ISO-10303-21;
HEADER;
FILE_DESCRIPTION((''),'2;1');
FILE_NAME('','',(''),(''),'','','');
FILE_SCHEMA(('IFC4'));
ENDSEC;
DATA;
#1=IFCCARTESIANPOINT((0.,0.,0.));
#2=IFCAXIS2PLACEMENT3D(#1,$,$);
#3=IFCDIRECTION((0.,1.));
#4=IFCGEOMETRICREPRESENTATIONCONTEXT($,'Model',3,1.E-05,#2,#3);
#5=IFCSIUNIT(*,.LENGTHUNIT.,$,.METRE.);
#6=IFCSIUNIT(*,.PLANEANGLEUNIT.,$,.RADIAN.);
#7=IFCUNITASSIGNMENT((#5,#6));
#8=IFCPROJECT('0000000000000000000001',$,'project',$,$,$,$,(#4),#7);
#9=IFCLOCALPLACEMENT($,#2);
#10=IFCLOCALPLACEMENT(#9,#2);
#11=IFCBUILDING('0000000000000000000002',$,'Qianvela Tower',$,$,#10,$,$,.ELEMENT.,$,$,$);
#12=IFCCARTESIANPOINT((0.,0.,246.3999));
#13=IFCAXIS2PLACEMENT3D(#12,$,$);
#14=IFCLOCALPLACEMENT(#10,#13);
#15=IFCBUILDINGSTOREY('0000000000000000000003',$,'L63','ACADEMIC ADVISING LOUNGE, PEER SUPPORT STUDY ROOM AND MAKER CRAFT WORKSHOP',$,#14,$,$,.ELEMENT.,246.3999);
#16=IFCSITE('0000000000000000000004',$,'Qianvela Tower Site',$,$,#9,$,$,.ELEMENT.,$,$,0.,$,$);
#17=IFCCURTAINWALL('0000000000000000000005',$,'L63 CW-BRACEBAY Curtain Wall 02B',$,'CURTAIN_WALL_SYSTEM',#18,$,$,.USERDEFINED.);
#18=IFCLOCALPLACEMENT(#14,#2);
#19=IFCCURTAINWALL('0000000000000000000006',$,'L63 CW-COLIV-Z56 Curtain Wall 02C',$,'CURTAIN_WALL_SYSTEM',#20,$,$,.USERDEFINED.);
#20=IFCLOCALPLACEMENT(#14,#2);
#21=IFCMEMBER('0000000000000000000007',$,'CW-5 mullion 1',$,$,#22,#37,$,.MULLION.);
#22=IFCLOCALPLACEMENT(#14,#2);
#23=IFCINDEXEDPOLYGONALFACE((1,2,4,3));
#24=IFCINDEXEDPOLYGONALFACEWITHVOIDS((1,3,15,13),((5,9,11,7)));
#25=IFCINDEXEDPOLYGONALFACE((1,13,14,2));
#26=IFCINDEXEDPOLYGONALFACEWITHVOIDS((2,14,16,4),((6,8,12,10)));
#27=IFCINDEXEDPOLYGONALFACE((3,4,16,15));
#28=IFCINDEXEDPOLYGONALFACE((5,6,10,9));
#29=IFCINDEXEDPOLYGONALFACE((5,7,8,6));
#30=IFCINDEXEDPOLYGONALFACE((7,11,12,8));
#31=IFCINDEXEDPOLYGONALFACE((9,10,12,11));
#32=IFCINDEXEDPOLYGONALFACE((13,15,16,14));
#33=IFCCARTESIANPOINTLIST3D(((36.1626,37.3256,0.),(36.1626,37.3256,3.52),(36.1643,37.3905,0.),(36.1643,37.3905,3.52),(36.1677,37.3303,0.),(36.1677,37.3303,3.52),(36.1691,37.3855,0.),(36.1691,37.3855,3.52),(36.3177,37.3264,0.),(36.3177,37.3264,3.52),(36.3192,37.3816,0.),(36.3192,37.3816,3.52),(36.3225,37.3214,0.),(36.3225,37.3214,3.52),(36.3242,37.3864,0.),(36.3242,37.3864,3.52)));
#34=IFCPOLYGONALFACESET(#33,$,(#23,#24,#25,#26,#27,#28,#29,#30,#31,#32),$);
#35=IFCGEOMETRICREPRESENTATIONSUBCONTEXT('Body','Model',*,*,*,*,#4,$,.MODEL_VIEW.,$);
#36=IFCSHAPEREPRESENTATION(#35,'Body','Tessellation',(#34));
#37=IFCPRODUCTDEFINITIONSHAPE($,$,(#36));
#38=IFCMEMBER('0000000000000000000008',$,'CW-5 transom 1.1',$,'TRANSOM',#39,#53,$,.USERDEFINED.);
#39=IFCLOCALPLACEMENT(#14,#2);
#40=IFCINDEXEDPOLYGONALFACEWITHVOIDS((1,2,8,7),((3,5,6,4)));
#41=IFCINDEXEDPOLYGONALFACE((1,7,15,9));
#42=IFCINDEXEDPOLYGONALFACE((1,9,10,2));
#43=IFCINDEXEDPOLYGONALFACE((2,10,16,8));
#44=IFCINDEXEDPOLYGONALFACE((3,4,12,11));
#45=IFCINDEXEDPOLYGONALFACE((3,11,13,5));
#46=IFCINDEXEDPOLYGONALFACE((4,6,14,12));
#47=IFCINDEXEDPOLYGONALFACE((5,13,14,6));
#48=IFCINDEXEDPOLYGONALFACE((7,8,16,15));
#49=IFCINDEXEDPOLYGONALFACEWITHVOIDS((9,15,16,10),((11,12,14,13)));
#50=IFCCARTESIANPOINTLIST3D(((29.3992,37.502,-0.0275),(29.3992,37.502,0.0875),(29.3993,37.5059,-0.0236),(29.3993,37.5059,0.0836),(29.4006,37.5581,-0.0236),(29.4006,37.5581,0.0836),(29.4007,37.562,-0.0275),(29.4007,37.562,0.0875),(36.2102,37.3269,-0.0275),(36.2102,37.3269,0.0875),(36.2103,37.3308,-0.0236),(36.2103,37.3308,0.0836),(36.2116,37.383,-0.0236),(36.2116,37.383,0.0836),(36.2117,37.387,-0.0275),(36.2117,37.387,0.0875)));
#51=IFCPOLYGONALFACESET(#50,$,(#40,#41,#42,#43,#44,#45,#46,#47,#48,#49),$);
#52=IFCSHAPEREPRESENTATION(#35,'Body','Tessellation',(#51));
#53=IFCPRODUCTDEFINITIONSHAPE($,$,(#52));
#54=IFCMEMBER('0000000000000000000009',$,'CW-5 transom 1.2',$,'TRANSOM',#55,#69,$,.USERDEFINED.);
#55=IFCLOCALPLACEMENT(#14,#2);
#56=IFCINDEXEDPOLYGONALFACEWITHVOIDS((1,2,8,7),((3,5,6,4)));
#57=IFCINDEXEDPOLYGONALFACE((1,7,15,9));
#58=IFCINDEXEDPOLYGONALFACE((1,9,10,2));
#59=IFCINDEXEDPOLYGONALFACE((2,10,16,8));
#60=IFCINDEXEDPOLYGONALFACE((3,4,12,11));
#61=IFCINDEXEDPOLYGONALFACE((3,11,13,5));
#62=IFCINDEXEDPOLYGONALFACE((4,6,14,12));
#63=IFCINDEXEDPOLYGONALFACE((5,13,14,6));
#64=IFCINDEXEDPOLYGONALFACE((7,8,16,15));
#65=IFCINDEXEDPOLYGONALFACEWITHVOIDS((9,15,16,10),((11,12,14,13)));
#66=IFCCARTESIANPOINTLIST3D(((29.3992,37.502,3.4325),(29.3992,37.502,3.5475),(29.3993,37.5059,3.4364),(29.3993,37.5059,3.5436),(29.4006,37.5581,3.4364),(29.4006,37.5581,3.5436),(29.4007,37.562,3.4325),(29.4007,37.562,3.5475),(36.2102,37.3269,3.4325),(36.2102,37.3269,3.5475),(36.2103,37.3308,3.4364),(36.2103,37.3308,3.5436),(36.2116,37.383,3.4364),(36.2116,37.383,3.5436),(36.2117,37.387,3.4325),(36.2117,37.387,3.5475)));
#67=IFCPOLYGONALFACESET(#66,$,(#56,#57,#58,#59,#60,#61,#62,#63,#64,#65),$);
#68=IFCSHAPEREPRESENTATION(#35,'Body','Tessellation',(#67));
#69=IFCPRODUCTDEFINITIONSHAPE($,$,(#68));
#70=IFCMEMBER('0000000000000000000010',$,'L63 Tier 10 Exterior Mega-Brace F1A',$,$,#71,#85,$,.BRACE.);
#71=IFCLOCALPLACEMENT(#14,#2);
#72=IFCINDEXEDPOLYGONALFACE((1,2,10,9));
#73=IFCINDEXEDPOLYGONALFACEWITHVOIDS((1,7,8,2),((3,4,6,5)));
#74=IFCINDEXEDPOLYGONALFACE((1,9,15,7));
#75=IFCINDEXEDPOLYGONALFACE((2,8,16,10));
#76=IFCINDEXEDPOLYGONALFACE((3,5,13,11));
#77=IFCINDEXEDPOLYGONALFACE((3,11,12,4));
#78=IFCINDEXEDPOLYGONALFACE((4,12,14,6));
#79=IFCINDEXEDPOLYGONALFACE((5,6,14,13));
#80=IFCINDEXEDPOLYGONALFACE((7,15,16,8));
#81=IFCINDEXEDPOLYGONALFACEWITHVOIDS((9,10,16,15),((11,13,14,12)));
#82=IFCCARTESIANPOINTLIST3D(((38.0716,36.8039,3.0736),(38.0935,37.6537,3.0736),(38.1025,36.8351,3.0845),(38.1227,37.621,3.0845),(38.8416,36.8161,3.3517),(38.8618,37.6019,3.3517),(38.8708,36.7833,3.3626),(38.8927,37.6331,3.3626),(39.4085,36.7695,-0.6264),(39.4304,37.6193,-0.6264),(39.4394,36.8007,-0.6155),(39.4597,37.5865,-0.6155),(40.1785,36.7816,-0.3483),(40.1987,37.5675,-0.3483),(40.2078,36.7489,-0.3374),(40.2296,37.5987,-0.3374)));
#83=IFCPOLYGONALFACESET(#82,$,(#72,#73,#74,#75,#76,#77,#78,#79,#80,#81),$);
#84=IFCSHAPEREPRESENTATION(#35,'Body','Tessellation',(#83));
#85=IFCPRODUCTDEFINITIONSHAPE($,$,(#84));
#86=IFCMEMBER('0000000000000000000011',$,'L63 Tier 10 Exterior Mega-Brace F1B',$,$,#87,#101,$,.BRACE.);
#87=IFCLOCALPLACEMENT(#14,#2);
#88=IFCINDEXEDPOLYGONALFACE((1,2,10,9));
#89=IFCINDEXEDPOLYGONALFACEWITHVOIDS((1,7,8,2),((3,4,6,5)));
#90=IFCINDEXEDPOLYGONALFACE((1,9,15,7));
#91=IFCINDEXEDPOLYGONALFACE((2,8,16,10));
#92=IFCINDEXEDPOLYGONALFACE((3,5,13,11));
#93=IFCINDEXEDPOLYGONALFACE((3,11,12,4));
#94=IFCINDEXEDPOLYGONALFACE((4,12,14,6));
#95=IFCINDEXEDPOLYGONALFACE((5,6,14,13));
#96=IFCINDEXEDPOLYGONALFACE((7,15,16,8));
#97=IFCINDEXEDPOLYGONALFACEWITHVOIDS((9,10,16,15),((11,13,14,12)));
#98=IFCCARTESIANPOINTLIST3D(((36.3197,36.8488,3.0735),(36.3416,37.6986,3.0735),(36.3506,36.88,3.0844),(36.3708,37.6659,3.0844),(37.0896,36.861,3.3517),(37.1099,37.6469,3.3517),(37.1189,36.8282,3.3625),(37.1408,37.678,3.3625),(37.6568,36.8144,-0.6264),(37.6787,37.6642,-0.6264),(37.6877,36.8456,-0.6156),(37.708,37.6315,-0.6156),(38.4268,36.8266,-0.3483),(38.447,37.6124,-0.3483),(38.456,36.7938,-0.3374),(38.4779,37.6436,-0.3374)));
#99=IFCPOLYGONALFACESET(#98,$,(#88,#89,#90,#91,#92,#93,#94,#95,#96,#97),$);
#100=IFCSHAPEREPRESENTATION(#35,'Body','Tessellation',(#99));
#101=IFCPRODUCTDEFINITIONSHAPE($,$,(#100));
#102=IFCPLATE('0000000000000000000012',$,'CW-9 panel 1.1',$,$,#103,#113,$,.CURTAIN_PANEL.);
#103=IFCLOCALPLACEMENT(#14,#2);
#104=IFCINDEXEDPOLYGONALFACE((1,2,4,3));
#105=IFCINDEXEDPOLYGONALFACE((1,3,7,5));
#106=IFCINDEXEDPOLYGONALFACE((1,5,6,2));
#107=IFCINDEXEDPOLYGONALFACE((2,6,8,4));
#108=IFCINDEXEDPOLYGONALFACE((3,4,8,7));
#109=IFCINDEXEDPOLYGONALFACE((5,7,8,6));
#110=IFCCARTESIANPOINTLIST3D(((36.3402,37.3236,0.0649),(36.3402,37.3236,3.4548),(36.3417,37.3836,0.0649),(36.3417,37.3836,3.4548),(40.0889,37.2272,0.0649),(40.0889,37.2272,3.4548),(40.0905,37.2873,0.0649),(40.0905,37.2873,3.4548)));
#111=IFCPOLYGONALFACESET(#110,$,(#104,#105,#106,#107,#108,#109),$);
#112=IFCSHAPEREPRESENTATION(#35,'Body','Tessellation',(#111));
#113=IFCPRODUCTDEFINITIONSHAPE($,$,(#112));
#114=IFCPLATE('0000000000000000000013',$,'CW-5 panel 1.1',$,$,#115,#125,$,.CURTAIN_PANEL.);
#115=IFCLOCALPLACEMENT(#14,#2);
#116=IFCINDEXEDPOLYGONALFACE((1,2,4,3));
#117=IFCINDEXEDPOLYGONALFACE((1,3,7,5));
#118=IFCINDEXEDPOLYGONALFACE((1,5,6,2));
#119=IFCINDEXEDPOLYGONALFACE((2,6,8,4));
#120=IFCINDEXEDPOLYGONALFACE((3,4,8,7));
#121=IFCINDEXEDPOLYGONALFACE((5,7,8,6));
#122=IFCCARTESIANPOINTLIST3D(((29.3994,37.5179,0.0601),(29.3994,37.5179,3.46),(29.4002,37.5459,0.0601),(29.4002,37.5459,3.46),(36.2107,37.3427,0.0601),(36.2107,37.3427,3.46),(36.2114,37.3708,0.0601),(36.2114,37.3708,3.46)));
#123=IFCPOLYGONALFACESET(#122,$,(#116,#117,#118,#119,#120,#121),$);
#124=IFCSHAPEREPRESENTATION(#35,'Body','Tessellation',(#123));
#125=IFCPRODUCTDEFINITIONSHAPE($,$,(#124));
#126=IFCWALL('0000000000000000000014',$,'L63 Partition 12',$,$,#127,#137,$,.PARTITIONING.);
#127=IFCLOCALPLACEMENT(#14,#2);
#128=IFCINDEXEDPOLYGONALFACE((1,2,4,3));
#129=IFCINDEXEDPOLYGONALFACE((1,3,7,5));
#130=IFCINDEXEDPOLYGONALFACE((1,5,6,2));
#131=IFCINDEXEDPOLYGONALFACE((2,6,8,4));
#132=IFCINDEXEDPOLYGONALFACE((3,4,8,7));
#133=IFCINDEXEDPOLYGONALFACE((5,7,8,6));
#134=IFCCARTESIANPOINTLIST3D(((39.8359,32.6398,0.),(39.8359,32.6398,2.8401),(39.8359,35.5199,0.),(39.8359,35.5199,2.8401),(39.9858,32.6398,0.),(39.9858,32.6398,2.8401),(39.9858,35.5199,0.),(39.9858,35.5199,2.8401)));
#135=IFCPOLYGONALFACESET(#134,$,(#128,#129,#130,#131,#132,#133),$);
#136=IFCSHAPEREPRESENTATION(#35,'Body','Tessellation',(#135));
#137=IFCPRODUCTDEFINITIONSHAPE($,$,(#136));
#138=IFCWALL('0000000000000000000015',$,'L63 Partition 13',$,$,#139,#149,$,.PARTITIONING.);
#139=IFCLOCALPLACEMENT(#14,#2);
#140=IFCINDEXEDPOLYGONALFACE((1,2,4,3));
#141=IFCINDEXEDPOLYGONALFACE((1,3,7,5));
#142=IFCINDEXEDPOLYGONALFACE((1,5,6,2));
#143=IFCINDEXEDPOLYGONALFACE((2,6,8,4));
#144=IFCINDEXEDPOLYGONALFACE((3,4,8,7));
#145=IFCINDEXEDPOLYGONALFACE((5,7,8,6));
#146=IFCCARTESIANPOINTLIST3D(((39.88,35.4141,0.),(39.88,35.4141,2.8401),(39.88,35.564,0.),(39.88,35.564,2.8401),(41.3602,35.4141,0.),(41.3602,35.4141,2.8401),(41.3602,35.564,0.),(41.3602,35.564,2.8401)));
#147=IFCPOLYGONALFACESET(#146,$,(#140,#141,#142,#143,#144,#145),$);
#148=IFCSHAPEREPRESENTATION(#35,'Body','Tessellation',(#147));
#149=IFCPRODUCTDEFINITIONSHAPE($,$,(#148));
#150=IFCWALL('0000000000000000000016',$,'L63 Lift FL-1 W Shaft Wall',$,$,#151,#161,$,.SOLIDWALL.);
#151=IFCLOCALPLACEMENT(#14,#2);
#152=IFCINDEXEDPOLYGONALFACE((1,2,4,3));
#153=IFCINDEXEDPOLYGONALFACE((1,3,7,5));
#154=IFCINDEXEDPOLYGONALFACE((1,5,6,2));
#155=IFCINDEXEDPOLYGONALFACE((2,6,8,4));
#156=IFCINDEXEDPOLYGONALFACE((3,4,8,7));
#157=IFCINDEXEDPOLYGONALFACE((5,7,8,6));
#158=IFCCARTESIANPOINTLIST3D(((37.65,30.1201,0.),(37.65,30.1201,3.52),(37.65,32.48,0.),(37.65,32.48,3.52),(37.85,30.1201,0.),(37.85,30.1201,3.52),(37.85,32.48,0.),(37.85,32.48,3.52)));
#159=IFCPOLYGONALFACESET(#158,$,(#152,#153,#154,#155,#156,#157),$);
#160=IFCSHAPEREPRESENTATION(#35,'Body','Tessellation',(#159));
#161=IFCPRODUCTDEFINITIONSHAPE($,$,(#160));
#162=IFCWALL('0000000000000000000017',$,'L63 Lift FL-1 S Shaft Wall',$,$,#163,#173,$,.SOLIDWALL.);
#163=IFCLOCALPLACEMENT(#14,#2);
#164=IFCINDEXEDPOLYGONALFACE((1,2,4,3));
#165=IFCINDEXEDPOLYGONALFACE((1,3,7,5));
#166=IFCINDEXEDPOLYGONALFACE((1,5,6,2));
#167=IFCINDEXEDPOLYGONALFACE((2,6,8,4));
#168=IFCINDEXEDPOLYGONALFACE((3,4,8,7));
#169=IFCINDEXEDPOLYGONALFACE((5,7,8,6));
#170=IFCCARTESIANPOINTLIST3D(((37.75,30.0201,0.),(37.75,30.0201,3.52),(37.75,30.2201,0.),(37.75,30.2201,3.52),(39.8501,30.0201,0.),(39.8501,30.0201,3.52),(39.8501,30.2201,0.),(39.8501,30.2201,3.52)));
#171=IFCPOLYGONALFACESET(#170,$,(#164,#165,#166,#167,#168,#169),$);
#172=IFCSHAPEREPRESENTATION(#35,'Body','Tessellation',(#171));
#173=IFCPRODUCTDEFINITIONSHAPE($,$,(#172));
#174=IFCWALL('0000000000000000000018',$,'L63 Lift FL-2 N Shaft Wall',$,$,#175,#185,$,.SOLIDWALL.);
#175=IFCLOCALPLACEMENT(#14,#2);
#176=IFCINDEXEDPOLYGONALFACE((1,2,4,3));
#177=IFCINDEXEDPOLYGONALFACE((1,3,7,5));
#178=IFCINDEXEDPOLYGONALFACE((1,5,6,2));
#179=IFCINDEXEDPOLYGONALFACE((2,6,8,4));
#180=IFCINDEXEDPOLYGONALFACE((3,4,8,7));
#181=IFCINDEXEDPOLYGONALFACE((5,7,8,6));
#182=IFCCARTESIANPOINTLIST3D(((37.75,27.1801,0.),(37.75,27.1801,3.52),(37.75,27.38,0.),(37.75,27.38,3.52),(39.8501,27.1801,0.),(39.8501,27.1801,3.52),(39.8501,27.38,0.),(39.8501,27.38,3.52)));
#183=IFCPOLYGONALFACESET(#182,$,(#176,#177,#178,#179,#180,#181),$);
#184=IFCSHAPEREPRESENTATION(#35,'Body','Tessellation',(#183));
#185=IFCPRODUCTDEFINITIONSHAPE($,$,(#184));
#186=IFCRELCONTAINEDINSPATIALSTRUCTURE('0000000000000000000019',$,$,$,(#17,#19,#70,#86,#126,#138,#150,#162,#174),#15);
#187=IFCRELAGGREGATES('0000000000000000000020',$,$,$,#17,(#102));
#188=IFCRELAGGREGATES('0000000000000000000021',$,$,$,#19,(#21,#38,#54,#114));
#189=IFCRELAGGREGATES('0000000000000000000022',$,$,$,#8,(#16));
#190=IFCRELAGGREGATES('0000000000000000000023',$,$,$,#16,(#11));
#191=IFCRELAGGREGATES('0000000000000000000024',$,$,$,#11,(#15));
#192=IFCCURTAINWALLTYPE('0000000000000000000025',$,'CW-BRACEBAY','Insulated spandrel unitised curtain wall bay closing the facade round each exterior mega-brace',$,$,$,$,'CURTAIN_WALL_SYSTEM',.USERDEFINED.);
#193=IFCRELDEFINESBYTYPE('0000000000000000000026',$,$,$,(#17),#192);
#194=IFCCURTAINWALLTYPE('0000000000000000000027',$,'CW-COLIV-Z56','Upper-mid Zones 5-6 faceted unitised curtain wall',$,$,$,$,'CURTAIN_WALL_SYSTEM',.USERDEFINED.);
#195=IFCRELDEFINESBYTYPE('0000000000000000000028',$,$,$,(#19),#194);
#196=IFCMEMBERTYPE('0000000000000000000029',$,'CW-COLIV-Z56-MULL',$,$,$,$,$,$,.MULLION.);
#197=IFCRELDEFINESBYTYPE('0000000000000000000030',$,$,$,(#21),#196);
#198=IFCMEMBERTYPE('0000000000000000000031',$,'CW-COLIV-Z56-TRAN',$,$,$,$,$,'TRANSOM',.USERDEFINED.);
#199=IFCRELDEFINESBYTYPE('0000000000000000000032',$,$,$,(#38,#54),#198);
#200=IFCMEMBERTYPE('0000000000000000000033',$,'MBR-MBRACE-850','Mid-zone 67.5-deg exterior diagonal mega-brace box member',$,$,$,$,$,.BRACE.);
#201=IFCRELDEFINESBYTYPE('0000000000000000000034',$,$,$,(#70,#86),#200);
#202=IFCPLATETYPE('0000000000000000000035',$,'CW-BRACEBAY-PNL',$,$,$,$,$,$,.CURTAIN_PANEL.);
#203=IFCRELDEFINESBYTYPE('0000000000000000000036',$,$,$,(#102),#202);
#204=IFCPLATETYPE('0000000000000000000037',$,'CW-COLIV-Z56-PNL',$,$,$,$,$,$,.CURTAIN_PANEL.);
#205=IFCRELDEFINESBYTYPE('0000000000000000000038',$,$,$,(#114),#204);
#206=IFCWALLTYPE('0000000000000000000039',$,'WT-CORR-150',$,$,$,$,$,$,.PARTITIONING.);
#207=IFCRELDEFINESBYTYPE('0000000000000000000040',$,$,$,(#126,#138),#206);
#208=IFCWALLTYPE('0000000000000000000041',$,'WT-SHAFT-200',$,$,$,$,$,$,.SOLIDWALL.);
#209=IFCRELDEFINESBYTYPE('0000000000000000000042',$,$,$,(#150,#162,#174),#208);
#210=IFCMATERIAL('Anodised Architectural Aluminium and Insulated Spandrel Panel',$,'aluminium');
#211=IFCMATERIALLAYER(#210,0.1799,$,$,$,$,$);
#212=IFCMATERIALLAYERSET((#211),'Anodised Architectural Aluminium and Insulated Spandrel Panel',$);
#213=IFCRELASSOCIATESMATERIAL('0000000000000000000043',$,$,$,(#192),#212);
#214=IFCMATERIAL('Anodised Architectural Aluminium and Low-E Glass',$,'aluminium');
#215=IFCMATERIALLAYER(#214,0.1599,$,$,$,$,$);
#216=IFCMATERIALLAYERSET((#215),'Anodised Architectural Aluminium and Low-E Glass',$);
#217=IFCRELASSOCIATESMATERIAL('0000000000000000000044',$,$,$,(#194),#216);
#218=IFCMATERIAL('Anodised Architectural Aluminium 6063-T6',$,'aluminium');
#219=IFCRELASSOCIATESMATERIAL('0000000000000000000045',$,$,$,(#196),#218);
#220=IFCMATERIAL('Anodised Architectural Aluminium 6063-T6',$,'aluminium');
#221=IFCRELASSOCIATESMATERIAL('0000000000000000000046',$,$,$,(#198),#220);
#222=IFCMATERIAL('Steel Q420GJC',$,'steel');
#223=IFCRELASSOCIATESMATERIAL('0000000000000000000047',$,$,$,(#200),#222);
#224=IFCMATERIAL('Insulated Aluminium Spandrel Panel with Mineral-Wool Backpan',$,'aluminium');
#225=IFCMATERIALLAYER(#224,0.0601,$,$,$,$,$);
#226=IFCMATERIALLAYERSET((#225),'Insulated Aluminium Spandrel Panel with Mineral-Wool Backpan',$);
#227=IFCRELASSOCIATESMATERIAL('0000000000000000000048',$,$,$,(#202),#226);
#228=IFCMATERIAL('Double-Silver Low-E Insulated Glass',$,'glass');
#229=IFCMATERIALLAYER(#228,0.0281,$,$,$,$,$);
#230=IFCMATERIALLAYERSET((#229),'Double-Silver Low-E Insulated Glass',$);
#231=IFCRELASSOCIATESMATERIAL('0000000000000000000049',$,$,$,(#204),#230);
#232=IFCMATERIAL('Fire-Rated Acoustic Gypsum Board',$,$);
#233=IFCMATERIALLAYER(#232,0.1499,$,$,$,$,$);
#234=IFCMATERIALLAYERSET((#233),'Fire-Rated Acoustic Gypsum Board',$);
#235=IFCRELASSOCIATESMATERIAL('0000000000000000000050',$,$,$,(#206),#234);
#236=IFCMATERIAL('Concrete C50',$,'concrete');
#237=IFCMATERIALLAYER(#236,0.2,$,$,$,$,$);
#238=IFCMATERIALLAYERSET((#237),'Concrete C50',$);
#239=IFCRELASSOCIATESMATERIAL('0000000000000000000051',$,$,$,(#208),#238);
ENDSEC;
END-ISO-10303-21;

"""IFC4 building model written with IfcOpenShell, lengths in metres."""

from ifc_helpers import new_model, si_unit, direction, frame, frame_2d, origin, origin_2d, place, context, subcontext, project, spatial, rectangle, hollow_rectangle, extrude, material, layer, layer_set, material_profile, profile_set, type_object, element, aggregate, save


model = new_model("IFC4")

# Units and contexts
model_context = context("Model", 3, precision=1e-05, world=origin(), true_north=direction((0.0, 1.0)))
body_context = subcontext(model_context, "Body", "Model", "MODEL_VIEW")
ifc_project = project(units=[si_unit("LENGTHUNIT", "METRE"), si_unit("PLANEANGLEUNIT", "RADIAN")], contexts=[model_context])

# Site, building, storey
site_placement = place(None, origin())
site = spatial("IfcSite", under=ifc_project, at=site_placement, Name="Qianvela Tower Site", CompositionType="ELEMENT", RefElevation=0.0)
building_placement = place(site_placement, origin())
building = spatial("IfcBuilding", under=site, at=building_placement, Name="Qianvela Tower", CompositionType="ELEMENT")
storey_placement = place(building_placement, frame((0.0, 0.0, 246.3999)))
storey = spatial("IfcBuildingStorey", under=building, at=storey_placement, Name="L63", Description="ACADEMIC ADVISING LOUNGE, PEER SUPPORT STUDY ROOM AND MAKER CRAFT WORKSHOP", CompositionType="ELEMENT", Elevation=246.3999)

# Curtain walls, members
ifc_material_1 = material(Name="Anodised Architectural Aluminium and Insulated Spandrel Panel", Category="aluminium")
ifc_layer_1 = layer(ifc_material_1, 0.1799)
ifc_layer_set_1 = layer_set([ifc_layer_1], Name="Anodised Architectural Aluminium and Insulated Spandrel Panel")
curtain_wall_type_1 = type_object("IfcCurtainWallType", Name="CW-BRACEBAY", Description="Insulated spandrel unitised curtain wall bay closing the facade round each exterior mega-brace", ElementType="CURTAIN_WALL_SYSTEM", PredefinedType="USERDEFINED", material=ifc_layer_set_1)
curtain_wall_1_placement = place(storey_placement, origin())
curtain_wall_1 = element("IfcCurtainWall", 1, at=curtain_wall_1_placement, inside=storey, type_object=curtain_wall_type_1, Name="L63 CW-BRACEBAY Curtain Wall 02B", ObjectType="CURTAIN_WALL_SYSTEM", PredefinedType="USERDEFINED")
ifc_material_2 = material(Name="Anodised Architectural Aluminium and Low-E Glass", Category="aluminium")
ifc_layer_2 = layer(ifc_material_2, 0.1599)
ifc_layer_set_2 = layer_set([ifc_layer_2], Name="Anodised Architectural Aluminium and Low-E Glass")
curtain_wall_type_2 = type_object("IfcCurtainWallType", Name="CW-COLIV-Z56", Description="Upper-mid Zones 5-6 faceted unitised curtain wall", ElementType="CURTAIN_WALL_SYSTEM", PredefinedType="USERDEFINED", material=ifc_layer_set_2)
curtain_wall_2_placement = place(storey_placement, origin())
curtain_wall_2 = element("IfcCurtainWall", 2, at=curtain_wall_2_placement, inside=storey, type_object=curtain_wall_type_2, Name="L63 CW-COLIV-Z56 Curtain Wall 02C", ObjectType="CURTAIN_WALL_SYSTEM", PredefinedType="USERDEFINED")
ifc_material_3 = material(Name="Anodised Architectural Aluminium 6063-T6", Category="aluminium")
ifc_material_profile_1 = material_profile(ifc_material_3, hollow_rectangle(XDim=0.0649, YDim=0.1599, WallThickness=0.0049, at=origin_2d()), Name="ALU-MULL-65x160")
ifc_profile_set_1 = profile_set([ifc_material_profile_1], Name="Anodised Architectural Aluminium 6063-T6")
member_type_1 = type_object("IfcMemberType", Name="CW-COLIV-Z56-MULL", PredefinedType="MULLION", material=ifc_profile_set_1)
member_1_placement = place(storey_placement, frame((36.2434, 37.356, 0.0), z_axis=(0.0, 0.0, 1.0), x_axis=(-0.025705, -0.99967, 0.0)))
member_1 = element("IfcMember", 3, at=member_1_placement, type_object=member_type_1, Name="CW-5 mullion 1", PredefinedType="MULLION", context=body_context, shape_type="SweptSolid", body=[
    extrude(hollow_rectangle(XDim=0.0649, YDim=0.1599, WallThickness=0.0049, at=origin_2d()), origin(), (0.0, 0.0, 1.0), 3.52),
])
ifc_material_4 = material(Name="Anodised Architectural Aluminium 6063-T6", Category="aluminium")
ifc_material_profile_2 = material_profile(ifc_material_4, hollow_rectangle(XDim=0.0601, YDim=0.115, WallThickness=0.0039, at=origin_2d()), Name="ALU-TRAN-60x115")
ifc_profile_set_2 = profile_set([ifc_material_profile_2], Name="Anodised Architectural Aluminium 6063-T6")
member_type_2 = type_object("IfcMemberType", Name="CW-COLIV-Z56-TRAN", ElementType="TRANSOM", PredefinedType="USERDEFINED", material=ifc_profile_set_2)
member_2_placement = place(storey_placement, frame((36.2109, 37.3569, 0.03), z_axis=(-0.99967, 0.025692, 0.0), x_axis=(-0.025692, -0.99967, 0.0)))
member_2 = element("IfcMember", 4, at=member_2_placement, type_object=member_type_2, Name="CW-5 transom 1.1", ObjectType="TRANSOM", PredefinedType="USERDEFINED", context=body_context, shape_type="SweptSolid", body=[
    extrude(hollow_rectangle(XDim=0.0601, YDim=0.115, WallThickness=0.0039, at=origin_2d()), origin(), (0.0, 0.0, 1.0), 6.8132),
])
member_3_placement = place(storey_placement, frame((36.2109, 37.3569, 3.49), z_axis=(-0.99967, 0.025692, 0.0), x_axis=(-0.025692, -0.99967, 0.0)))
member_3 = element("IfcMember", 5, at=member_3_placement, type_object=member_type_2, Name="CW-5 transom 1.2", ObjectType="TRANSOM", PredefinedType="USERDEFINED", context=body_context, shape_type="SweptSolid", body=[
    extrude(hollow_rectangle(XDim=0.0601, YDim=0.115, WallThickness=0.0039, at=origin_2d()), origin(), (0.0, 0.0, 1.0), 6.8132),
])

# Members
ifc_material_5 = material(Name="Steel Q420GJC", Category="steel")
ifc_material_profile_3 = material_profile(ifc_material_5, hollow_rectangle(XDim=0.8501, YDim=0.8501, WallThickness=0.032, at=origin_2d()), Name="MBOX-850x850x32")
ifc_profile_set_3 = profile_set([ifc_material_profile_3], Name="Steel Q420GJC")
member_type_3 = type_object("IfcMemberType", Name="MBR-MBRACE-850", Description="Mid-zone 67.5-deg exterior diagonal mega-brace box member", PredefinedType="BRACE", material=ifc_profile_set_3)
for number, where, z_axis, x_axis, name in (
    (6, (39.8191, 37.1841, -0.4819), (-0.339816, 0.00875, 0.940451), (-0.02574, -0.999669, 0.0), "L63 Tier 10 Exterior Mega-Brace F1A"),
    (7, (38.0674, 37.229, -0.4819), (-0.339871, 0.00875, 0.940431), (-0.025735, -0.999669, 0.0), "L63 Tier 10 Exterior Mega-Brace F1B"),
):
    element("IfcMember", number, at=place(storey_placement, frame(where, z_axis=z_axis, x_axis=x_axis)), inside=storey, type_object=member_type_3, Name=name, PredefinedType="BRACE", context=body_context, shape_type="SweptSolid", body=[
        extrude(hollow_rectangle(XDim=0.8501, YDim=0.8501, WallThickness=0.032, at=origin_2d()), origin(), (0.0, 0.0, 1.0), 3.9343),
    ])

# Plates
ifc_material_6 = material(Name="Insulated Aluminium Spandrel Panel with Mineral-Wool Backpan", Category="aluminium")
ifc_layer_3 = layer(ifc_material_6, 0.0601)
ifc_layer_set_3 = layer_set([ifc_layer_3], Name="Insulated Aluminium Spandrel Panel with Mineral-Wool Backpan")
plate_type_1 = type_object("IfcPlateType", Name="CW-BRACEBAY-PNL", PredefinedType="CURTAIN_PANEL", material=ifc_layer_set_3)
plate_1_placement = place(storey_placement, frame((38.2153, 37.3054, 0.0649), z_axis=(0.0, 0.0, 1.0), x_axis=(-0.99967, 0.025696, 0.0)))
plate_1 = element("IfcPlate", 8, at=plate_1_placement, type_object=plate_type_1, Name="CW-9 panel 1.1", PredefinedType="CURTAIN_PANEL", context=body_context, shape_type="SweptSolid", body=[
    extrude(rectangle(XDim=3.75, YDim=0.0601, at=origin_2d()), origin(), (0.0, 0.0, 1.0), 3.3899),
])
aggregate(curtain_wall_1, [plate_1])
ifc_material_7 = material(Name="Double-Silver Low-E Insulated Glass", Category="glass")
ifc_layer_4 = layer(ifc_material_7, 0.0281)
ifc_layer_set_4 = layer_set([ifc_layer_4], Name="Double-Silver Low-E Insulated Glass")
plate_type_2 = type_object("IfcPlateType", Name="CW-COLIV-Z56-PNL", PredefinedType="CURTAIN_PANEL", material=ifc_layer_set_4)
plate_2_placement = place(storey_placement, frame((32.8054, 37.4443, 0.0601), z_axis=(0.0, 0.0, 1.0), x_axis=(-0.99967, 0.025705, 0.0)))
plate_2 = element("IfcPlate", 9, at=plate_2_placement, type_object=plate_type_2, Name="CW-5 panel 1.1", PredefinedType="CURTAIN_PANEL", context=body_context, shape_type="SweptSolid", body=[
    extrude(rectangle(XDim=6.8135, YDim=0.0281, at=origin_2d()), origin(), (0.0, 0.0, 1.0), 3.3999),
])
aggregate(curtain_wall_2, [member_1, member_2, member_3, plate_2])

# Walls
ifc_material_8 = material(Name="Fire-Rated Acoustic Gypsum Board")
ifc_layer_5 = layer(ifc_material_8, 0.1499)
ifc_layer_set_5 = layer_set([ifc_layer_5], Name="Fire-Rated Acoustic Gypsum Board")
wall_type_1 = type_object("IfcWallType", Name="WT-CORR-150", PredefinedType="PARTITIONING", material=ifc_layer_set_5)
wall_1_placement = place(storey_placement, frame((39.9109, 32.6399, 0.0), z_axis=(0.0, 0.0, 1.0), x_axis=(0.0, 1.0, 0.0)))
element("IfcWall", 10, at=wall_1_placement, inside=storey, type_object=wall_type_1, Name="L63 Partition 12", PredefinedType="PARTITIONING", context=body_context, shape_type="SweptSolid", body=[
    extrude(rectangle(XDim=2.8801, YDim=0.1499, at=frame_2d((1.4399, 0.0))), origin(), (0.0, 0.0, 1.0), 2.8401),
])
wall_2_placement = place(storey_placement, frame((39.8799, 35.489, 0.0), z_axis=(0.0, 0.0, 1.0), x_axis=(1.0, 0.0, 0.0)))
element("IfcWall", 11, at=wall_2_placement, inside=storey, type_object=wall_type_1, Name="L63 Partition 13", PredefinedType="PARTITIONING", context=body_context, shape_type="SweptSolid", body=[
    extrude(rectangle(XDim=1.4802, YDim=0.1499, at=frame_2d((0.7402, 0.0))), origin(), (0.0, 0.0, 1.0), 2.8401),
])

# Shared definitions
ifc_material_9 = material(Name="Concrete C50", Category="concrete")
ifc_layer_6 = layer(ifc_material_9, 0.2)
ifc_layer_set_6 = layer_set([ifc_layer_6], Name="Concrete C50")
wall_type_2 = type_object("IfcWallType", Name="WT-SHAFT-200", PredefinedType="SOLIDWALL", material=ifc_layer_set_6)

# Walls
wall_3_placement = place(storey_placement, frame((37.75, 30.1201, 0.0), z_axis=(0.0, 0.0, 1.0), x_axis=(0.0, 1.0, 0.0)))
element("IfcWall", 12, at=wall_3_placement, inside=storey, type_object=wall_type_2, Name="L63 Lift FL-1 W Shaft Wall", PredefinedType="SOLIDWALL", context=body_context, shape_type="SweptSolid", body=[
    extrude(rectangle(XDim=2.3599, YDim=0.2, at=frame_2d((1.1799, 0.0))), origin(), (0.0, 0.0, 1.0), 3.52),
])
for number, where, z_axis, x_axis, name in (
    (13, (37.75, 30.1201, 0.0), (0.0, 0.0, 1.0), (1.0, 0.0, 0.0), "L63 Lift FL-1 S Shaft Wall"),
    (14, (37.75, 27.28, 0.0), (0.0, 0.0, 1.0), (1.0, 0.0, 0.0), "L63 Lift FL-2 N Shaft Wall"),
):
    element("IfcWall", number, at=place(storey_placement, frame(where, z_axis=z_axis, x_axis=x_axis)), inside=storey, type_object=wall_type_2, Name=name, PredefinedType="SOLIDWALL", context=body_context, shape_type="SweptSolid", body=[
        extrude(rectangle(XDim=2.1001, YDim=0.2, at=frame_2d((1.05, 0.0))), origin(), (0.0, 0.0, 1.0), 3.52),
    ])

save(model, "model.ifc")
